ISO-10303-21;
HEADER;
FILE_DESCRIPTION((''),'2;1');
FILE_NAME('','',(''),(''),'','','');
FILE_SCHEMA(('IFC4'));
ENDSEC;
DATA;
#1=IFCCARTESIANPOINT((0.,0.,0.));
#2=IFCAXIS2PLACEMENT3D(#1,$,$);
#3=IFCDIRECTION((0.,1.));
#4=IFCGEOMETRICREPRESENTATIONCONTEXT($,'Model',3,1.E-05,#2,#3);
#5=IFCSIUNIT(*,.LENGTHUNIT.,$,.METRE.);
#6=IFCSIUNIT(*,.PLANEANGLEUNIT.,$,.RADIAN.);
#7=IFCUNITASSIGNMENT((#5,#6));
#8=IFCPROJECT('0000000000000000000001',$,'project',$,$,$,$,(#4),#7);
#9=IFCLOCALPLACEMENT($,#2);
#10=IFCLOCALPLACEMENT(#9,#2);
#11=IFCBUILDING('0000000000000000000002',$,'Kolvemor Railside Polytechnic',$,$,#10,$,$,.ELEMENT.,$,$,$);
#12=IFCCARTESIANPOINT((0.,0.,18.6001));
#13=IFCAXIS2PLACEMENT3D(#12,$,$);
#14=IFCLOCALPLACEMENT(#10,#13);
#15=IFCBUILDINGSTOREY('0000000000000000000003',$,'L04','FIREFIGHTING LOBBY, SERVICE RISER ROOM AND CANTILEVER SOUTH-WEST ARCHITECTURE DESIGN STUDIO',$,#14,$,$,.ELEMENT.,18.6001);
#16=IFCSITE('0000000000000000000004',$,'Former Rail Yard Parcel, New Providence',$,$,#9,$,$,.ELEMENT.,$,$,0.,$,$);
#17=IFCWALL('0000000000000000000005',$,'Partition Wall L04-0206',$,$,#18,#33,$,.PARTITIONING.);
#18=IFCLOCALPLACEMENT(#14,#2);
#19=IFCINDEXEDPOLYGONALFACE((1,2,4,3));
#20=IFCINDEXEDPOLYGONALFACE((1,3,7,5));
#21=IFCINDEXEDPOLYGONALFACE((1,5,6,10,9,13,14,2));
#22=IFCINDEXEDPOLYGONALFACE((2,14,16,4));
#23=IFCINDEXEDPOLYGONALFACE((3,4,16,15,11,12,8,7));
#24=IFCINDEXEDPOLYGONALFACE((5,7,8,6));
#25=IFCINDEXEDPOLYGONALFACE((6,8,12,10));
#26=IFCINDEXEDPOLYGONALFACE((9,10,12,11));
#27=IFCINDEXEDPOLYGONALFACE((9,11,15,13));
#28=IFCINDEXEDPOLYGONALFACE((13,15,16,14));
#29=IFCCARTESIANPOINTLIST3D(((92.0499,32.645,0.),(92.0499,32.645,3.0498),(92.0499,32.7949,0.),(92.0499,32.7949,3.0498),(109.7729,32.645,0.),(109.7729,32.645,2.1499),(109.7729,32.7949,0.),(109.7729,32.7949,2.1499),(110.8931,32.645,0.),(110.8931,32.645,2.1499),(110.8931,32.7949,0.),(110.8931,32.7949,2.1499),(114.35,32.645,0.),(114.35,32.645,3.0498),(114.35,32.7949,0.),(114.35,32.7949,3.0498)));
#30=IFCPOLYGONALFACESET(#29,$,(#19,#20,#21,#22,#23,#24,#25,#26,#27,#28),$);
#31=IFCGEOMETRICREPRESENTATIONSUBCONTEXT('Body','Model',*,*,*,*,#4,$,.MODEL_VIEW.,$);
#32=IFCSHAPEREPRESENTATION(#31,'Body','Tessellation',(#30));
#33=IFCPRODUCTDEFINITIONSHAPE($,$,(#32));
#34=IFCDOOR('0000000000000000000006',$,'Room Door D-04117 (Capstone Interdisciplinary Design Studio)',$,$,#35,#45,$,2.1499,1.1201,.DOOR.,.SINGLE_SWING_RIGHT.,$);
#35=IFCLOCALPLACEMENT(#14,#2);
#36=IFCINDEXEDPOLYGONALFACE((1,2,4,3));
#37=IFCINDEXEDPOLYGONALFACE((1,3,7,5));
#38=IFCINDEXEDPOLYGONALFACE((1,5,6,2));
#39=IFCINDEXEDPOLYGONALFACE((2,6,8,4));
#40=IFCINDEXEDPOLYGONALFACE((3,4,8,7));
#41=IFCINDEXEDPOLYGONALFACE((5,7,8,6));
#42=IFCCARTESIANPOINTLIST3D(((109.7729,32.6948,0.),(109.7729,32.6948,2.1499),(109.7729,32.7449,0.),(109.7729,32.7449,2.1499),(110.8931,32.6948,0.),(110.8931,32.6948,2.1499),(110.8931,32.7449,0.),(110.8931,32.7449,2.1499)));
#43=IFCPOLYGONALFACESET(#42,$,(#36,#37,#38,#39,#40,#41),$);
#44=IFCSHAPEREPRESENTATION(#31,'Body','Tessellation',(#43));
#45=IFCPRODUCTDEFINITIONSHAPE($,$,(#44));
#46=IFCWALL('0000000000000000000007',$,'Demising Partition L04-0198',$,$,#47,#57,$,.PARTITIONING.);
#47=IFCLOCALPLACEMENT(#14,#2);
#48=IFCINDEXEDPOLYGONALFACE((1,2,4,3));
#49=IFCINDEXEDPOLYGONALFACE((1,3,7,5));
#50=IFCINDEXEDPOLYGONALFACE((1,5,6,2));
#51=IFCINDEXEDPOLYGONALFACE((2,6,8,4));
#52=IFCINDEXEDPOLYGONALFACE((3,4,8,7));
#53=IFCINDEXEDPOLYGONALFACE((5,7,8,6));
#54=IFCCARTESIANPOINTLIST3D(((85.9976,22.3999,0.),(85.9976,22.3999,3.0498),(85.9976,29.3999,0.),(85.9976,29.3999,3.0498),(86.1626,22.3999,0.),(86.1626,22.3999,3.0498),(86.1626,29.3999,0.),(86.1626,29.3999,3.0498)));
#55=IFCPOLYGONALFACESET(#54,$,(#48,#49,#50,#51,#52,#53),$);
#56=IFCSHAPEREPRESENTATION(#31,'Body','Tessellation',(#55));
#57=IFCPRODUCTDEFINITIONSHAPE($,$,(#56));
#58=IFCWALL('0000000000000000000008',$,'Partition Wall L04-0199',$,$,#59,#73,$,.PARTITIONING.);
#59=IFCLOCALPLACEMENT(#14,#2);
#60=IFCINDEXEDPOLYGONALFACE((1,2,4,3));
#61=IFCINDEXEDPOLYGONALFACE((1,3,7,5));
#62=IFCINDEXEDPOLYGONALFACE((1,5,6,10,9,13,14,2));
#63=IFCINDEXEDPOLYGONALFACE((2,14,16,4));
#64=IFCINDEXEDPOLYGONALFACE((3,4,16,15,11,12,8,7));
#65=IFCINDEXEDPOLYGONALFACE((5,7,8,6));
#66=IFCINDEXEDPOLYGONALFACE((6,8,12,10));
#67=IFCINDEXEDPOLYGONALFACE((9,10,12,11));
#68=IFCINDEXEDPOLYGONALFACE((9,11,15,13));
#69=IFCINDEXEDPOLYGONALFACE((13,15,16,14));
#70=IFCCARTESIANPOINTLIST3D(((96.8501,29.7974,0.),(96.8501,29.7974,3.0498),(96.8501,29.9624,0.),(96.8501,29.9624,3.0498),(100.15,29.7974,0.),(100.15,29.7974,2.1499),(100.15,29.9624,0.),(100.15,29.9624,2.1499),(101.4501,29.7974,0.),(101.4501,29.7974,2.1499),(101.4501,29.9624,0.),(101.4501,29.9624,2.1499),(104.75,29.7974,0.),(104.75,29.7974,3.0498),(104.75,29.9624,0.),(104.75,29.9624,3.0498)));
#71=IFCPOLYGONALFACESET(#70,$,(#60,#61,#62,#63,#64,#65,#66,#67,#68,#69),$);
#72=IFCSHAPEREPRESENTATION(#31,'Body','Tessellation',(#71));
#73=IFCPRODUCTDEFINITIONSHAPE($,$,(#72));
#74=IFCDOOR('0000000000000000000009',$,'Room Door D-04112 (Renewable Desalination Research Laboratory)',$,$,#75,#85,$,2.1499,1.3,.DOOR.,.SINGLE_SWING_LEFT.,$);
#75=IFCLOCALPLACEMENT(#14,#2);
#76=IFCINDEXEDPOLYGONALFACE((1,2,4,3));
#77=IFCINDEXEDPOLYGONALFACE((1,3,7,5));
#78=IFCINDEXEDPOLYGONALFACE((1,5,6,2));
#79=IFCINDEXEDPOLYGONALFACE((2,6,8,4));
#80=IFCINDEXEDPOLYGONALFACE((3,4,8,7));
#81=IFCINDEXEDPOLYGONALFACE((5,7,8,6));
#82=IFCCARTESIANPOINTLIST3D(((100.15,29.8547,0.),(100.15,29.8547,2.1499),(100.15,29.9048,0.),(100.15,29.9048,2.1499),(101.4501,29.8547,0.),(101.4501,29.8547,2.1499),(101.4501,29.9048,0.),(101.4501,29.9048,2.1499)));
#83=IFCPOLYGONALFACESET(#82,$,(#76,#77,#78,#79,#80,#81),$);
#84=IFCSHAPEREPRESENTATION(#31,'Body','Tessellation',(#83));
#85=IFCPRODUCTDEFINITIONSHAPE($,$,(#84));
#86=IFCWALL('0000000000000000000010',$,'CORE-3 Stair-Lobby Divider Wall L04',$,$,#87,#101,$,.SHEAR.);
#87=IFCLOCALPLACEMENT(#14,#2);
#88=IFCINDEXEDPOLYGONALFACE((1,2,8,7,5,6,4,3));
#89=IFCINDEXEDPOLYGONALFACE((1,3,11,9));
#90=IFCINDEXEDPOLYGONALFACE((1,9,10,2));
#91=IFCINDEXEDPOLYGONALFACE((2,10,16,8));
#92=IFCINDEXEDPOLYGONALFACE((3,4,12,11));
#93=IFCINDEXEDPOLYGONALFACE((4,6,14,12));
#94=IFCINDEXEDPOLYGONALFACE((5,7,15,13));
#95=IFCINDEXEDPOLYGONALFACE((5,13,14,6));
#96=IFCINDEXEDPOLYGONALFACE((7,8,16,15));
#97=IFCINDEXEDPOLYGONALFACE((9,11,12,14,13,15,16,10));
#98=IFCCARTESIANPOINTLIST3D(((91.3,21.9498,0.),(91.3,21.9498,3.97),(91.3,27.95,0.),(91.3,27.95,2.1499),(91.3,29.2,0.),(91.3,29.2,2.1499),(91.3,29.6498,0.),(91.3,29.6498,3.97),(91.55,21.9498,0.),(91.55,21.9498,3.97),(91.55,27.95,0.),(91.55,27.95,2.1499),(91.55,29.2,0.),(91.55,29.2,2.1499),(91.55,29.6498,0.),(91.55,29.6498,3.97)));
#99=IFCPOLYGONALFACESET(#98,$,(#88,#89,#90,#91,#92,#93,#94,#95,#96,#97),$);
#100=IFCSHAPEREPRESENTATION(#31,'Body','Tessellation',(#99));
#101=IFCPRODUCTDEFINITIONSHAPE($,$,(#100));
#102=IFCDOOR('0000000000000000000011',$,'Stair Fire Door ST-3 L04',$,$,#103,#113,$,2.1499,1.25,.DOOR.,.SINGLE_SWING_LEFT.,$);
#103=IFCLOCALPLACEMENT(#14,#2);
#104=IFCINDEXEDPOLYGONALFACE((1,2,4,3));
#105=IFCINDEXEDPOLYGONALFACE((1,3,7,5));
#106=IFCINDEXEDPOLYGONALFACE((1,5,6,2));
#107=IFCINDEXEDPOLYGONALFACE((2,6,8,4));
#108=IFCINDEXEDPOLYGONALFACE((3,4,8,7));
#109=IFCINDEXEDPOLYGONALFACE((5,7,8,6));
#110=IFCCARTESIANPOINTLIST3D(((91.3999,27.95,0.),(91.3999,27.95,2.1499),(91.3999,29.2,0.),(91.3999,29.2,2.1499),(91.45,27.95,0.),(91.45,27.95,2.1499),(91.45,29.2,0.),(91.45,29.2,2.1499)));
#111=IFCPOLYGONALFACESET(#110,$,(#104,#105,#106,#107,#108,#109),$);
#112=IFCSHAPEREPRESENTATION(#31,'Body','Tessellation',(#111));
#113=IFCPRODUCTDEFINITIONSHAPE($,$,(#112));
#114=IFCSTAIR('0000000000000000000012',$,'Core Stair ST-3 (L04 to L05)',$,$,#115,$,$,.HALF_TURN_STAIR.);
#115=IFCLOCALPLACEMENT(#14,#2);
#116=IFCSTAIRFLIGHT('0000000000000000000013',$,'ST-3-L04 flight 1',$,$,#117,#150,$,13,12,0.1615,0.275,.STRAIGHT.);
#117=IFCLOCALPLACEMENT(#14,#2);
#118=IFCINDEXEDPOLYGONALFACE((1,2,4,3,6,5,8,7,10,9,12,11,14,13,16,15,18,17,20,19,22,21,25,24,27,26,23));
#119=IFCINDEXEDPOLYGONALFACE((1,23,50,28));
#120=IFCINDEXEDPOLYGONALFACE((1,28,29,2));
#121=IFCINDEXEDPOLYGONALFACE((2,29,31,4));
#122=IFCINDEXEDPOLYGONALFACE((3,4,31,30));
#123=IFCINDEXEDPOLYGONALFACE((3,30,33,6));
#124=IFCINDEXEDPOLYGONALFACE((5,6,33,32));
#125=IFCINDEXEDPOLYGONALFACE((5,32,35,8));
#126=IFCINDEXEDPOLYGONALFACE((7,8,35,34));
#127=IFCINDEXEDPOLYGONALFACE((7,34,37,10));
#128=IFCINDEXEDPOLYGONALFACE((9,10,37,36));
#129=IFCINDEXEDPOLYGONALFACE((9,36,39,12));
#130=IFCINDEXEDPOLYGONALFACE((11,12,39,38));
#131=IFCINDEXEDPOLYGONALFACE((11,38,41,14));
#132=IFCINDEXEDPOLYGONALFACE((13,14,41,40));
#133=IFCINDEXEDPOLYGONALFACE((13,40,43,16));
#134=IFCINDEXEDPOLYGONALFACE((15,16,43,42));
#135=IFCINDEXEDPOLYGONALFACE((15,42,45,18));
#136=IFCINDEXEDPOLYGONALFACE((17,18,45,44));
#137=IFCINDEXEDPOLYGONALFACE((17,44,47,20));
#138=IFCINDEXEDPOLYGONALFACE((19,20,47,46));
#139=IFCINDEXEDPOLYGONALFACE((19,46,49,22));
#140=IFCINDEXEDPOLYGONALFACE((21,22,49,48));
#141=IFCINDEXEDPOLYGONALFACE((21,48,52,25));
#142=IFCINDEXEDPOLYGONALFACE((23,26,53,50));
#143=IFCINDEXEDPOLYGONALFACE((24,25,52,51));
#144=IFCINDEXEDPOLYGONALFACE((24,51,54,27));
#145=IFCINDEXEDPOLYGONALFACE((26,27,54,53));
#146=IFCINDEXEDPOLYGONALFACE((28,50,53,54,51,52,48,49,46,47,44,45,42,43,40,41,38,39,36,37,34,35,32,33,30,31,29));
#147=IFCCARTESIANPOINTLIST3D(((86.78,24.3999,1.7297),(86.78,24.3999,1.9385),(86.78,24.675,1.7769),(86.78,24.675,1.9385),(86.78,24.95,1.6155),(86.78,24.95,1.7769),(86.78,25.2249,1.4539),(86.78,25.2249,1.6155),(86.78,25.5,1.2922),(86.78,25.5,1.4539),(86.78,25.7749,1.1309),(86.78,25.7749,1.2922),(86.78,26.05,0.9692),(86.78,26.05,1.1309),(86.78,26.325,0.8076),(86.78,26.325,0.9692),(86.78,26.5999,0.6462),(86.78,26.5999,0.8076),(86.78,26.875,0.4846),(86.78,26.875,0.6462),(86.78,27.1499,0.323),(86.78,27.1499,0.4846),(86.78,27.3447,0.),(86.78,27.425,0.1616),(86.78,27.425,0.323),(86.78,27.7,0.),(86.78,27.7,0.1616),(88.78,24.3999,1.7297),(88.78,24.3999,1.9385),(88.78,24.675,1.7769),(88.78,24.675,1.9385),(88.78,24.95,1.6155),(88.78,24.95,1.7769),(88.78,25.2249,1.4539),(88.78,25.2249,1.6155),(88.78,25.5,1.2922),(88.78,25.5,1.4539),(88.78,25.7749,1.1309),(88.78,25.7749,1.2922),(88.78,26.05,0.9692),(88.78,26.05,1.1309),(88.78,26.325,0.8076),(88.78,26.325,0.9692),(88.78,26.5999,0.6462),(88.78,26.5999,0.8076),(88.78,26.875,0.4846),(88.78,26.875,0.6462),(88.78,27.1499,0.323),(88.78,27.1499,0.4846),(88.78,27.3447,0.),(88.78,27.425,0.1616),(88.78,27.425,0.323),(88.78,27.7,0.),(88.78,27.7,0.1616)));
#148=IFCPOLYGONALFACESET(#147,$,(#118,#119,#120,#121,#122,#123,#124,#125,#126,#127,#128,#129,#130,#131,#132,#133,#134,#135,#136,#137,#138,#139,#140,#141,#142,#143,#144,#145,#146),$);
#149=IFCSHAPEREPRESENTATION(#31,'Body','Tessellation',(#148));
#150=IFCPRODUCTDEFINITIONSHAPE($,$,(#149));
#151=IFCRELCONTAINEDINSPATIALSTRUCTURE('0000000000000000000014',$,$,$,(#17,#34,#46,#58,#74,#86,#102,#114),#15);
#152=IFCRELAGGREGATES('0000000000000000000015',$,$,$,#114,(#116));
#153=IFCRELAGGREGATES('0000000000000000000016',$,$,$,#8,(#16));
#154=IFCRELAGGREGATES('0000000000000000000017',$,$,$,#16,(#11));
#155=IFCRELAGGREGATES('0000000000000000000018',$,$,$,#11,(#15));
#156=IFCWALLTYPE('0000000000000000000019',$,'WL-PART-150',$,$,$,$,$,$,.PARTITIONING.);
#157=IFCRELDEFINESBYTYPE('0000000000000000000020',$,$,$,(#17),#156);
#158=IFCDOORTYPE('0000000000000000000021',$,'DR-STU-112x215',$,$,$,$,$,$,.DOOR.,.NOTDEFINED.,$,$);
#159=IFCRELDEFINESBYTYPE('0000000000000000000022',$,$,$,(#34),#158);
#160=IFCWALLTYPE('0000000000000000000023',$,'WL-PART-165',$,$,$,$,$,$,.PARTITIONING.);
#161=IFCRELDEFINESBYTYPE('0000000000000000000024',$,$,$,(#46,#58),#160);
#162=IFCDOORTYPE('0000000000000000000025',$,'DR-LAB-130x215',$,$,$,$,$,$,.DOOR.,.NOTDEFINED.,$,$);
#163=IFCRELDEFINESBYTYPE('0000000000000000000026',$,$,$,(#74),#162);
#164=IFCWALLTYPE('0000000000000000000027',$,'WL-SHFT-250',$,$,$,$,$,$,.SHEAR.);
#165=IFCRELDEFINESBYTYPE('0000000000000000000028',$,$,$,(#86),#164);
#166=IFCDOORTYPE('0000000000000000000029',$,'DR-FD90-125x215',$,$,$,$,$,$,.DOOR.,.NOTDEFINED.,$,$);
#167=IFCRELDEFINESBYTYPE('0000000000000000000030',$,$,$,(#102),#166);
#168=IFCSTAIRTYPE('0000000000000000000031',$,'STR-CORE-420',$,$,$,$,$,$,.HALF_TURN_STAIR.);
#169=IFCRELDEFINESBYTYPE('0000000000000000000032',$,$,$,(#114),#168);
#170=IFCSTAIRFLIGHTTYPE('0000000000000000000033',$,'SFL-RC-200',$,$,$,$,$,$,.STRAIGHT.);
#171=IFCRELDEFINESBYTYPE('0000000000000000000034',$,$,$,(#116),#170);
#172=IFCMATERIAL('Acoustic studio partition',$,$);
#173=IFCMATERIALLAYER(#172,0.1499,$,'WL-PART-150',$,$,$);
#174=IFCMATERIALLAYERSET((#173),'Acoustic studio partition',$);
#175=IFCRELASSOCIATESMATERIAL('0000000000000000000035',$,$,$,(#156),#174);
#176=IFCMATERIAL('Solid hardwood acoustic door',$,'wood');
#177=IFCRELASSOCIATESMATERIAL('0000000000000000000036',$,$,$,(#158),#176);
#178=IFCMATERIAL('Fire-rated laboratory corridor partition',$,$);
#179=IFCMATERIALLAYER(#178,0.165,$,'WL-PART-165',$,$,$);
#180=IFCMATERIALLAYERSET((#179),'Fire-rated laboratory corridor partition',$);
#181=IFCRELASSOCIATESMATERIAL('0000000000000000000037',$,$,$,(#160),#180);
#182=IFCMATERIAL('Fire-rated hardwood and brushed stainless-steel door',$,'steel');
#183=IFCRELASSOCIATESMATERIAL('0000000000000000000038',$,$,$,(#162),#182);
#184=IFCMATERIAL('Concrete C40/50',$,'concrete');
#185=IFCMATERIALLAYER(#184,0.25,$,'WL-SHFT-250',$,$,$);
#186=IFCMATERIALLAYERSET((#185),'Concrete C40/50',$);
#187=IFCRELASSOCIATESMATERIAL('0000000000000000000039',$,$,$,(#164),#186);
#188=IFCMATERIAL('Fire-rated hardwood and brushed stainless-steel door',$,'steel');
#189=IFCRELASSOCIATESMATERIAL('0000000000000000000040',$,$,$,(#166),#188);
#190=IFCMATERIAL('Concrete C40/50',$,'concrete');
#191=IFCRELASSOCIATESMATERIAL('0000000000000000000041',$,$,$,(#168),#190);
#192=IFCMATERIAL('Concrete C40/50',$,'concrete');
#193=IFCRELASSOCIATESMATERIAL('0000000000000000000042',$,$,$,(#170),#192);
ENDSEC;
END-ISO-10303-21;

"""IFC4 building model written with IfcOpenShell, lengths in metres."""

from ifc_helpers import new_model, si_unit, direction, frame, frame_2d, origin, place, context, subcontext, project, spatial, polyline, rectangle, outline, extrude, material, layer, layer_set, type_object, element, fill, aggregate, save


model = new_model("IFC4")

# Units and contexts
model_context = context("Model", 3, precision=1e-05, world=origin(), true_north=direction((0.0, 1.0)))
body_context = subcontext(model_context, "Body", "Model", "MODEL_VIEW")
ifc_project = project(units=[si_unit("LENGTHUNIT", "METRE"), si_unit("PLANEANGLEUNIT", "RADIAN")], contexts=[model_context])

# Site, building, storey
site_placement = place(None, origin())
site = spatial("IfcSite", under=ifc_project, at=site_placement, Name="Former Rail Yard Parcel, New Providence", CompositionType="ELEMENT", RefElevation=0.0)
building_placement = place(site_placement, origin())
building = spatial("IfcBuilding", under=site, at=building_placement, Name="Kolvemor Railside Polytechnic", CompositionType="ELEMENT")
storey_placement = place(building_placement, frame((0.0, 0.0, 18.6001)))
storey = spatial("IfcBuildingStorey", under=building, at=storey_placement, Name="L04", Description="FIREFIGHTING LOBBY, SERVICE RISER ROOM AND CANTILEVER SOUTH-WEST ARCHITECTURE DESIGN STUDIO", CompositionType="ELEMENT", Elevation=18.6001)

# Wall, opening, door
ifc_material_1 = material(Name="Acoustic studio partition")
ifc_layer_1 = layer(ifc_material_1, 0.1499, Name="WL-PART-150")
ifc_layer_set_1 = layer_set([ifc_layer_1], Name="Acoustic studio partition")
wall_type_1 = type_object("IfcWallType", Name="WL-PART-150", PredefinedType="PARTITIONING", material=ifc_layer_set_1)
wall_1_placement = place(storey_placement, frame((92.05, 32.72, 0.0), z_axis=(0.0, 0.0, 1.0), x_axis=(1.0, 0.0, 0.0)))
wall_1 = element("IfcWall", 1, at=wall_1_placement, inside=storey, type_object=wall_type_1, Name="Partition Wall L04-0206", PredefinedType="PARTITIONING", context=body_context, shape_type="SweptSolid", body=[
    extrude(rectangle(XDim=22.3, YDim=0.1499, at=frame_2d((11.1499, 0.0))), origin(), (0.0, 0.0, 1.0), 3.0498),
])
opening_1_placement = place(wall_1_placement, frame((17.7229, 0.0, 0.0)))
opening_1 = element("IfcOpeningElement", 2, at=opening_1_placement, cuts=wall_1, PredefinedType="OPENING", context=body_context, shape_type="SweptSolid", body=[
    extrude(rectangle(XDim=1.1201, YDim=2.1499, at=frame_2d((0.5601, 1.075))), frame((0.0, 0.085, 0.0), z_axis=(0.0, -1.0, 0.0), x_axis=(1.0, 0.0, 0.0)), (0.0, 0.0, 1.0), 0.1699),
])
ifc_material_2 = material(Name="Solid hardwood acoustic door", Category="wood")
door_type_1 = type_object("IfcDoorType", Name="DR-STU-112x215", OperationType="NOTDEFINED", PredefinedType="DOOR", material=ifc_material_2)
door_1_placement = place(opening_1_placement, origin())
door_1 = element("IfcDoor", 3, at=door_1_placement, inside=storey, type_object=door_type_1, Name="Room Door D-04117 (Capstone Interdisciplinary Design Studio)", OperationType="SINGLE_SWING_RIGHT", OverallHeight=2.1499, OverallWidth=1.1201, PredefinedType="DOOR", context=body_context, shape_type="SweptSolid", body=[
    extrude(rectangle(XDim=1.1201, YDim=2.1499, at=frame_2d((0.5601, 1.075))), frame((0.0, 0.0249, 0.0), z_axis=(0.0, -1.0, 0.0), x_axis=(1.0, 0.0, 0.0)), (0.0, 0.0, 1.0), 0.05),
])
fill(opening_1, door_1)

# Wall
ifc_material_3 = material(Name="Fire-rated laboratory corridor partition")
ifc_layer_2 = layer(ifc_material_3, 0.165, Name="WL-PART-165")
ifc_layer_set_2 = layer_set([ifc_layer_2], Name="Fire-rated laboratory corridor partition")
wall_type_2 = type_object("IfcWallType", Name="WL-PART-165", PredefinedType="PARTITIONING", material=ifc_layer_set_2)
wall_2_placement = place(storey_placement, frame((86.0801, 22.3999, 0.0), z_axis=(0.0, 0.0, 1.0), x_axis=(0.0, 1.0, 0.0)))
element("IfcWall", 4, at=wall_2_placement, inside=storey, type_object=wall_type_2, Name="Demising Partition L04-0198", PredefinedType="PARTITIONING", context=body_context, shape_type="SweptSolid", body=[
    extrude(rectangle(XDim=7.0, YDim=0.165, at=frame_2d((3.5, 0.0))), origin(), (0.0, 0.0, 1.0), 3.0498),
])

# Walls, openings, doors
wall_3_placement = place(storey_placement, frame((96.8501, 29.8799, 0.0), z_axis=(0.0, 0.0, 1.0), x_axis=(1.0, 0.0, 0.0)))
wall_3 = element("IfcWall", 5, at=wall_3_placement, inside=storey, type_object=wall_type_2, Name="Partition Wall L04-0199", PredefinedType="PARTITIONING", context=body_context, shape_type="SweptSolid", body=[
    extrude(rectangle(XDim=7.8999, YDim=0.165, at=frame_2d((3.95, 0.0))), origin(), (0.0, 0.0, 1.0), 3.0498),
])
opening_2_placement = place(wall_3_placement, frame((3.3, 0.0, 0.0)))
opening_2 = element("IfcOpeningElement", 6, at=opening_2_placement, cuts=wall_3, PredefinedType="OPENING", context=body_context, shape_type="SweptSolid", body=[
    extrude(rectangle(XDim=1.3, YDim=2.1499, at=frame_2d((0.6499, 1.075))), frame((0.0, 0.0925, 0.0), z_axis=(0.0, -1.0, 0.0), x_axis=(1.0, 0.0, 0.0)), (0.0, 0.0, 1.0), 0.1851),
])
ifc_material_4 = material(Name="Fire-rated hardwood and brushed stainless-steel door", Category="steel")
door_type_2 = type_object("IfcDoorType", Name="DR-LAB-130x215", OperationType="NOTDEFINED", PredefinedType="DOOR", material=ifc_material_4)
door_2_placement = place(opening_2_placement, origin())
door_2 = element("IfcDoor", 7, at=door_2_placement, inside=storey, type_object=door_type_2, Name="Room Door D-04112 (Renewable Desalination Research Laboratory)", OperationType="SINGLE_SWING_LEFT", OverallHeight=2.1499, OverallWidth=1.3, PredefinedType="DOOR", context=body_context, shape_type="SweptSolid", body=[
    extrude(rectangle(XDim=1.3, YDim=2.1499, at=frame_2d((0.6499, 1.075))), frame((0.0, 0.0249, 0.0), z_axis=(0.0, -1.0, 0.0), x_axis=(1.0, 0.0, 0.0)), (0.0, 0.0, 1.0), 0.05),
])
fill(opening_2, door_2)
ifc_material_5 = material(Name="Concrete C40/50", Category="concrete")
ifc_layer_3 = layer(ifc_material_5, 0.25, Name="WL-SHFT-250")
ifc_layer_set_3 = layer_set([ifc_layer_3], Name="Concrete C40/50")
wall_type_3 = type_object("IfcWallType", Name="WL-SHFT-250", PredefinedType="SHEAR", material=ifc_layer_set_3)
wall_4_placement = place(storey_placement, frame((91.425, 29.6499, 0.0), z_axis=(0.0, 0.0, 1.0), x_axis=(0.0, -1.0, 0.0)))
wall_4 = element("IfcWall", 8, at=wall_4_placement, inside=storey, type_object=wall_type_3, Name="CORE-3 Stair-Lobby Divider Wall L04", PredefinedType="SHEAR", context=body_context, shape_type="SweptSolid", body=[
    extrude(rectangle(XDim=7.7, YDim=0.25, at=frame_2d((3.8501, 0.0))), origin(), (0.0, 0.0, 1.0), 3.97),
])
opening_3_placement = place(wall_4_placement, frame((0.45, 0.0, 0.0)))
opening_3 = element("IfcOpeningElement", 9, at=opening_3_placement, cuts=wall_4, PredefinedType="OPENING", context=body_context, shape_type="SweptSolid", body=[
    extrude(rectangle(XDim=1.25, YDim=2.1499, at=frame_2d((0.625, 1.075))), frame((0.0, 0.135, 0.0), z_axis=(0.0, -1.0, 0.0), x_axis=(1.0, 0.0, 0.0)), (0.0, 0.0, 1.0), 0.27),
])
ifc_material_6 = material(Name="Fire-rated hardwood and brushed stainless-steel door", Category="steel")
door_type_3 = type_object("IfcDoorType", Name="DR-FD90-125x215", OperationType="NOTDEFINED", PredefinedType="DOOR", material=ifc_material_6)
door_3_placement = place(opening_3_placement, origin())
door_3 = element("IfcDoor", 10, at=door_3_placement, inside=storey, type_object=door_type_3, Name="Stair Fire Door ST-3 L04", OperationType="SINGLE_SWING_LEFT", OverallHeight=2.1499, OverallWidth=1.25, PredefinedType="DOOR", context=body_context, shape_type="SweptSolid", body=[
    extrude(rectangle(XDim=1.25, YDim=2.1499, at=frame_2d((0.625, 1.075))), frame((0.0, 0.0249, 0.0), z_axis=(0.0, -1.0, 0.0), x_axis=(1.0, 0.0, 0.0)), (0.0, 0.0, 1.0), 0.05),
])
fill(opening_3, door_3)

# Stair, stair flight
ifc_material_7 = material(Name="Concrete C40/50", Category="concrete")
stair_type = type_object("IfcStairType", Name="STR-CORE-420", PredefinedType="HALF_TURN_STAIR", material=ifc_material_7)
stair_placement = place(storey_placement, origin())
stair = element("IfcStair", 11, at=stair_placement, inside=storey, type_object=stair_type, Name="Core Stair ST-3 (L04 to L05)", PredefinedType="HALF_TURN_STAIR")
ifc_material_8 = material(Name="Concrete C40/50", Category="concrete")
stair_flight_type = type_object("IfcStairFlightType", Name="SFL-RC-200", PredefinedType="STRAIGHT", material=ifc_material_8)
stair_flight_1_placement = place(storey_placement, frame((87.78, 27.7, 0.0), z_axis=(0.0, 0.0, 1.0), x_axis=(0.0, -1.0, 0.0)))
stair_flight_1 = element("IfcStairFlight", 12, at=stair_flight_1_placement, type_object=stair_flight_type, Name="ST-3-L04 flight 1", NumberOfRisers=13, NumberOfTreads=12, PredefinedType="STRAIGHT", RiserHeight=0.1615, TreadLength=0.275, context=body_context, shape_type="SweptSolid", body=[
    extrude(outline(polyline([(0.0, 0.0), (0.0, 0.1616), (0.2749, 0.1616), (0.2749, 0.323), (0.55, 0.323), (0.55, 0.4846), (0.825, 0.4846), (0.825, 0.6462), (1.1001, 0.6462), (1.1001, 0.8076), (1.375, 0.8076), (1.375, 0.9692), (1.6499, 0.9692), (1.6499, 1.1309), (1.925, 1.1309), (1.925, 1.2922), (2.2, 1.2922), (2.2, 1.4539), (2.4751, 1.4539), (2.4751, 1.6155), (2.75, 1.6155), (2.75, 1.7769), (3.0249, 1.7769), (3.0249, 1.9385), (3.3, 1.9385), (3.3, 2.1001), (3.3, 1.7297), (0.3552, 0.0), (0.0, 0.0)])), frame((0.0, 1.0, 0.0), z_axis=(0.0, -1.0, 0.0), x_axis=(1.0, 0.0, 0.0)), (0.0, 0.0, 1.0), 2.0),
])
aggregate(stair, [stair_flight_1])

save(model, "model.ifc")
